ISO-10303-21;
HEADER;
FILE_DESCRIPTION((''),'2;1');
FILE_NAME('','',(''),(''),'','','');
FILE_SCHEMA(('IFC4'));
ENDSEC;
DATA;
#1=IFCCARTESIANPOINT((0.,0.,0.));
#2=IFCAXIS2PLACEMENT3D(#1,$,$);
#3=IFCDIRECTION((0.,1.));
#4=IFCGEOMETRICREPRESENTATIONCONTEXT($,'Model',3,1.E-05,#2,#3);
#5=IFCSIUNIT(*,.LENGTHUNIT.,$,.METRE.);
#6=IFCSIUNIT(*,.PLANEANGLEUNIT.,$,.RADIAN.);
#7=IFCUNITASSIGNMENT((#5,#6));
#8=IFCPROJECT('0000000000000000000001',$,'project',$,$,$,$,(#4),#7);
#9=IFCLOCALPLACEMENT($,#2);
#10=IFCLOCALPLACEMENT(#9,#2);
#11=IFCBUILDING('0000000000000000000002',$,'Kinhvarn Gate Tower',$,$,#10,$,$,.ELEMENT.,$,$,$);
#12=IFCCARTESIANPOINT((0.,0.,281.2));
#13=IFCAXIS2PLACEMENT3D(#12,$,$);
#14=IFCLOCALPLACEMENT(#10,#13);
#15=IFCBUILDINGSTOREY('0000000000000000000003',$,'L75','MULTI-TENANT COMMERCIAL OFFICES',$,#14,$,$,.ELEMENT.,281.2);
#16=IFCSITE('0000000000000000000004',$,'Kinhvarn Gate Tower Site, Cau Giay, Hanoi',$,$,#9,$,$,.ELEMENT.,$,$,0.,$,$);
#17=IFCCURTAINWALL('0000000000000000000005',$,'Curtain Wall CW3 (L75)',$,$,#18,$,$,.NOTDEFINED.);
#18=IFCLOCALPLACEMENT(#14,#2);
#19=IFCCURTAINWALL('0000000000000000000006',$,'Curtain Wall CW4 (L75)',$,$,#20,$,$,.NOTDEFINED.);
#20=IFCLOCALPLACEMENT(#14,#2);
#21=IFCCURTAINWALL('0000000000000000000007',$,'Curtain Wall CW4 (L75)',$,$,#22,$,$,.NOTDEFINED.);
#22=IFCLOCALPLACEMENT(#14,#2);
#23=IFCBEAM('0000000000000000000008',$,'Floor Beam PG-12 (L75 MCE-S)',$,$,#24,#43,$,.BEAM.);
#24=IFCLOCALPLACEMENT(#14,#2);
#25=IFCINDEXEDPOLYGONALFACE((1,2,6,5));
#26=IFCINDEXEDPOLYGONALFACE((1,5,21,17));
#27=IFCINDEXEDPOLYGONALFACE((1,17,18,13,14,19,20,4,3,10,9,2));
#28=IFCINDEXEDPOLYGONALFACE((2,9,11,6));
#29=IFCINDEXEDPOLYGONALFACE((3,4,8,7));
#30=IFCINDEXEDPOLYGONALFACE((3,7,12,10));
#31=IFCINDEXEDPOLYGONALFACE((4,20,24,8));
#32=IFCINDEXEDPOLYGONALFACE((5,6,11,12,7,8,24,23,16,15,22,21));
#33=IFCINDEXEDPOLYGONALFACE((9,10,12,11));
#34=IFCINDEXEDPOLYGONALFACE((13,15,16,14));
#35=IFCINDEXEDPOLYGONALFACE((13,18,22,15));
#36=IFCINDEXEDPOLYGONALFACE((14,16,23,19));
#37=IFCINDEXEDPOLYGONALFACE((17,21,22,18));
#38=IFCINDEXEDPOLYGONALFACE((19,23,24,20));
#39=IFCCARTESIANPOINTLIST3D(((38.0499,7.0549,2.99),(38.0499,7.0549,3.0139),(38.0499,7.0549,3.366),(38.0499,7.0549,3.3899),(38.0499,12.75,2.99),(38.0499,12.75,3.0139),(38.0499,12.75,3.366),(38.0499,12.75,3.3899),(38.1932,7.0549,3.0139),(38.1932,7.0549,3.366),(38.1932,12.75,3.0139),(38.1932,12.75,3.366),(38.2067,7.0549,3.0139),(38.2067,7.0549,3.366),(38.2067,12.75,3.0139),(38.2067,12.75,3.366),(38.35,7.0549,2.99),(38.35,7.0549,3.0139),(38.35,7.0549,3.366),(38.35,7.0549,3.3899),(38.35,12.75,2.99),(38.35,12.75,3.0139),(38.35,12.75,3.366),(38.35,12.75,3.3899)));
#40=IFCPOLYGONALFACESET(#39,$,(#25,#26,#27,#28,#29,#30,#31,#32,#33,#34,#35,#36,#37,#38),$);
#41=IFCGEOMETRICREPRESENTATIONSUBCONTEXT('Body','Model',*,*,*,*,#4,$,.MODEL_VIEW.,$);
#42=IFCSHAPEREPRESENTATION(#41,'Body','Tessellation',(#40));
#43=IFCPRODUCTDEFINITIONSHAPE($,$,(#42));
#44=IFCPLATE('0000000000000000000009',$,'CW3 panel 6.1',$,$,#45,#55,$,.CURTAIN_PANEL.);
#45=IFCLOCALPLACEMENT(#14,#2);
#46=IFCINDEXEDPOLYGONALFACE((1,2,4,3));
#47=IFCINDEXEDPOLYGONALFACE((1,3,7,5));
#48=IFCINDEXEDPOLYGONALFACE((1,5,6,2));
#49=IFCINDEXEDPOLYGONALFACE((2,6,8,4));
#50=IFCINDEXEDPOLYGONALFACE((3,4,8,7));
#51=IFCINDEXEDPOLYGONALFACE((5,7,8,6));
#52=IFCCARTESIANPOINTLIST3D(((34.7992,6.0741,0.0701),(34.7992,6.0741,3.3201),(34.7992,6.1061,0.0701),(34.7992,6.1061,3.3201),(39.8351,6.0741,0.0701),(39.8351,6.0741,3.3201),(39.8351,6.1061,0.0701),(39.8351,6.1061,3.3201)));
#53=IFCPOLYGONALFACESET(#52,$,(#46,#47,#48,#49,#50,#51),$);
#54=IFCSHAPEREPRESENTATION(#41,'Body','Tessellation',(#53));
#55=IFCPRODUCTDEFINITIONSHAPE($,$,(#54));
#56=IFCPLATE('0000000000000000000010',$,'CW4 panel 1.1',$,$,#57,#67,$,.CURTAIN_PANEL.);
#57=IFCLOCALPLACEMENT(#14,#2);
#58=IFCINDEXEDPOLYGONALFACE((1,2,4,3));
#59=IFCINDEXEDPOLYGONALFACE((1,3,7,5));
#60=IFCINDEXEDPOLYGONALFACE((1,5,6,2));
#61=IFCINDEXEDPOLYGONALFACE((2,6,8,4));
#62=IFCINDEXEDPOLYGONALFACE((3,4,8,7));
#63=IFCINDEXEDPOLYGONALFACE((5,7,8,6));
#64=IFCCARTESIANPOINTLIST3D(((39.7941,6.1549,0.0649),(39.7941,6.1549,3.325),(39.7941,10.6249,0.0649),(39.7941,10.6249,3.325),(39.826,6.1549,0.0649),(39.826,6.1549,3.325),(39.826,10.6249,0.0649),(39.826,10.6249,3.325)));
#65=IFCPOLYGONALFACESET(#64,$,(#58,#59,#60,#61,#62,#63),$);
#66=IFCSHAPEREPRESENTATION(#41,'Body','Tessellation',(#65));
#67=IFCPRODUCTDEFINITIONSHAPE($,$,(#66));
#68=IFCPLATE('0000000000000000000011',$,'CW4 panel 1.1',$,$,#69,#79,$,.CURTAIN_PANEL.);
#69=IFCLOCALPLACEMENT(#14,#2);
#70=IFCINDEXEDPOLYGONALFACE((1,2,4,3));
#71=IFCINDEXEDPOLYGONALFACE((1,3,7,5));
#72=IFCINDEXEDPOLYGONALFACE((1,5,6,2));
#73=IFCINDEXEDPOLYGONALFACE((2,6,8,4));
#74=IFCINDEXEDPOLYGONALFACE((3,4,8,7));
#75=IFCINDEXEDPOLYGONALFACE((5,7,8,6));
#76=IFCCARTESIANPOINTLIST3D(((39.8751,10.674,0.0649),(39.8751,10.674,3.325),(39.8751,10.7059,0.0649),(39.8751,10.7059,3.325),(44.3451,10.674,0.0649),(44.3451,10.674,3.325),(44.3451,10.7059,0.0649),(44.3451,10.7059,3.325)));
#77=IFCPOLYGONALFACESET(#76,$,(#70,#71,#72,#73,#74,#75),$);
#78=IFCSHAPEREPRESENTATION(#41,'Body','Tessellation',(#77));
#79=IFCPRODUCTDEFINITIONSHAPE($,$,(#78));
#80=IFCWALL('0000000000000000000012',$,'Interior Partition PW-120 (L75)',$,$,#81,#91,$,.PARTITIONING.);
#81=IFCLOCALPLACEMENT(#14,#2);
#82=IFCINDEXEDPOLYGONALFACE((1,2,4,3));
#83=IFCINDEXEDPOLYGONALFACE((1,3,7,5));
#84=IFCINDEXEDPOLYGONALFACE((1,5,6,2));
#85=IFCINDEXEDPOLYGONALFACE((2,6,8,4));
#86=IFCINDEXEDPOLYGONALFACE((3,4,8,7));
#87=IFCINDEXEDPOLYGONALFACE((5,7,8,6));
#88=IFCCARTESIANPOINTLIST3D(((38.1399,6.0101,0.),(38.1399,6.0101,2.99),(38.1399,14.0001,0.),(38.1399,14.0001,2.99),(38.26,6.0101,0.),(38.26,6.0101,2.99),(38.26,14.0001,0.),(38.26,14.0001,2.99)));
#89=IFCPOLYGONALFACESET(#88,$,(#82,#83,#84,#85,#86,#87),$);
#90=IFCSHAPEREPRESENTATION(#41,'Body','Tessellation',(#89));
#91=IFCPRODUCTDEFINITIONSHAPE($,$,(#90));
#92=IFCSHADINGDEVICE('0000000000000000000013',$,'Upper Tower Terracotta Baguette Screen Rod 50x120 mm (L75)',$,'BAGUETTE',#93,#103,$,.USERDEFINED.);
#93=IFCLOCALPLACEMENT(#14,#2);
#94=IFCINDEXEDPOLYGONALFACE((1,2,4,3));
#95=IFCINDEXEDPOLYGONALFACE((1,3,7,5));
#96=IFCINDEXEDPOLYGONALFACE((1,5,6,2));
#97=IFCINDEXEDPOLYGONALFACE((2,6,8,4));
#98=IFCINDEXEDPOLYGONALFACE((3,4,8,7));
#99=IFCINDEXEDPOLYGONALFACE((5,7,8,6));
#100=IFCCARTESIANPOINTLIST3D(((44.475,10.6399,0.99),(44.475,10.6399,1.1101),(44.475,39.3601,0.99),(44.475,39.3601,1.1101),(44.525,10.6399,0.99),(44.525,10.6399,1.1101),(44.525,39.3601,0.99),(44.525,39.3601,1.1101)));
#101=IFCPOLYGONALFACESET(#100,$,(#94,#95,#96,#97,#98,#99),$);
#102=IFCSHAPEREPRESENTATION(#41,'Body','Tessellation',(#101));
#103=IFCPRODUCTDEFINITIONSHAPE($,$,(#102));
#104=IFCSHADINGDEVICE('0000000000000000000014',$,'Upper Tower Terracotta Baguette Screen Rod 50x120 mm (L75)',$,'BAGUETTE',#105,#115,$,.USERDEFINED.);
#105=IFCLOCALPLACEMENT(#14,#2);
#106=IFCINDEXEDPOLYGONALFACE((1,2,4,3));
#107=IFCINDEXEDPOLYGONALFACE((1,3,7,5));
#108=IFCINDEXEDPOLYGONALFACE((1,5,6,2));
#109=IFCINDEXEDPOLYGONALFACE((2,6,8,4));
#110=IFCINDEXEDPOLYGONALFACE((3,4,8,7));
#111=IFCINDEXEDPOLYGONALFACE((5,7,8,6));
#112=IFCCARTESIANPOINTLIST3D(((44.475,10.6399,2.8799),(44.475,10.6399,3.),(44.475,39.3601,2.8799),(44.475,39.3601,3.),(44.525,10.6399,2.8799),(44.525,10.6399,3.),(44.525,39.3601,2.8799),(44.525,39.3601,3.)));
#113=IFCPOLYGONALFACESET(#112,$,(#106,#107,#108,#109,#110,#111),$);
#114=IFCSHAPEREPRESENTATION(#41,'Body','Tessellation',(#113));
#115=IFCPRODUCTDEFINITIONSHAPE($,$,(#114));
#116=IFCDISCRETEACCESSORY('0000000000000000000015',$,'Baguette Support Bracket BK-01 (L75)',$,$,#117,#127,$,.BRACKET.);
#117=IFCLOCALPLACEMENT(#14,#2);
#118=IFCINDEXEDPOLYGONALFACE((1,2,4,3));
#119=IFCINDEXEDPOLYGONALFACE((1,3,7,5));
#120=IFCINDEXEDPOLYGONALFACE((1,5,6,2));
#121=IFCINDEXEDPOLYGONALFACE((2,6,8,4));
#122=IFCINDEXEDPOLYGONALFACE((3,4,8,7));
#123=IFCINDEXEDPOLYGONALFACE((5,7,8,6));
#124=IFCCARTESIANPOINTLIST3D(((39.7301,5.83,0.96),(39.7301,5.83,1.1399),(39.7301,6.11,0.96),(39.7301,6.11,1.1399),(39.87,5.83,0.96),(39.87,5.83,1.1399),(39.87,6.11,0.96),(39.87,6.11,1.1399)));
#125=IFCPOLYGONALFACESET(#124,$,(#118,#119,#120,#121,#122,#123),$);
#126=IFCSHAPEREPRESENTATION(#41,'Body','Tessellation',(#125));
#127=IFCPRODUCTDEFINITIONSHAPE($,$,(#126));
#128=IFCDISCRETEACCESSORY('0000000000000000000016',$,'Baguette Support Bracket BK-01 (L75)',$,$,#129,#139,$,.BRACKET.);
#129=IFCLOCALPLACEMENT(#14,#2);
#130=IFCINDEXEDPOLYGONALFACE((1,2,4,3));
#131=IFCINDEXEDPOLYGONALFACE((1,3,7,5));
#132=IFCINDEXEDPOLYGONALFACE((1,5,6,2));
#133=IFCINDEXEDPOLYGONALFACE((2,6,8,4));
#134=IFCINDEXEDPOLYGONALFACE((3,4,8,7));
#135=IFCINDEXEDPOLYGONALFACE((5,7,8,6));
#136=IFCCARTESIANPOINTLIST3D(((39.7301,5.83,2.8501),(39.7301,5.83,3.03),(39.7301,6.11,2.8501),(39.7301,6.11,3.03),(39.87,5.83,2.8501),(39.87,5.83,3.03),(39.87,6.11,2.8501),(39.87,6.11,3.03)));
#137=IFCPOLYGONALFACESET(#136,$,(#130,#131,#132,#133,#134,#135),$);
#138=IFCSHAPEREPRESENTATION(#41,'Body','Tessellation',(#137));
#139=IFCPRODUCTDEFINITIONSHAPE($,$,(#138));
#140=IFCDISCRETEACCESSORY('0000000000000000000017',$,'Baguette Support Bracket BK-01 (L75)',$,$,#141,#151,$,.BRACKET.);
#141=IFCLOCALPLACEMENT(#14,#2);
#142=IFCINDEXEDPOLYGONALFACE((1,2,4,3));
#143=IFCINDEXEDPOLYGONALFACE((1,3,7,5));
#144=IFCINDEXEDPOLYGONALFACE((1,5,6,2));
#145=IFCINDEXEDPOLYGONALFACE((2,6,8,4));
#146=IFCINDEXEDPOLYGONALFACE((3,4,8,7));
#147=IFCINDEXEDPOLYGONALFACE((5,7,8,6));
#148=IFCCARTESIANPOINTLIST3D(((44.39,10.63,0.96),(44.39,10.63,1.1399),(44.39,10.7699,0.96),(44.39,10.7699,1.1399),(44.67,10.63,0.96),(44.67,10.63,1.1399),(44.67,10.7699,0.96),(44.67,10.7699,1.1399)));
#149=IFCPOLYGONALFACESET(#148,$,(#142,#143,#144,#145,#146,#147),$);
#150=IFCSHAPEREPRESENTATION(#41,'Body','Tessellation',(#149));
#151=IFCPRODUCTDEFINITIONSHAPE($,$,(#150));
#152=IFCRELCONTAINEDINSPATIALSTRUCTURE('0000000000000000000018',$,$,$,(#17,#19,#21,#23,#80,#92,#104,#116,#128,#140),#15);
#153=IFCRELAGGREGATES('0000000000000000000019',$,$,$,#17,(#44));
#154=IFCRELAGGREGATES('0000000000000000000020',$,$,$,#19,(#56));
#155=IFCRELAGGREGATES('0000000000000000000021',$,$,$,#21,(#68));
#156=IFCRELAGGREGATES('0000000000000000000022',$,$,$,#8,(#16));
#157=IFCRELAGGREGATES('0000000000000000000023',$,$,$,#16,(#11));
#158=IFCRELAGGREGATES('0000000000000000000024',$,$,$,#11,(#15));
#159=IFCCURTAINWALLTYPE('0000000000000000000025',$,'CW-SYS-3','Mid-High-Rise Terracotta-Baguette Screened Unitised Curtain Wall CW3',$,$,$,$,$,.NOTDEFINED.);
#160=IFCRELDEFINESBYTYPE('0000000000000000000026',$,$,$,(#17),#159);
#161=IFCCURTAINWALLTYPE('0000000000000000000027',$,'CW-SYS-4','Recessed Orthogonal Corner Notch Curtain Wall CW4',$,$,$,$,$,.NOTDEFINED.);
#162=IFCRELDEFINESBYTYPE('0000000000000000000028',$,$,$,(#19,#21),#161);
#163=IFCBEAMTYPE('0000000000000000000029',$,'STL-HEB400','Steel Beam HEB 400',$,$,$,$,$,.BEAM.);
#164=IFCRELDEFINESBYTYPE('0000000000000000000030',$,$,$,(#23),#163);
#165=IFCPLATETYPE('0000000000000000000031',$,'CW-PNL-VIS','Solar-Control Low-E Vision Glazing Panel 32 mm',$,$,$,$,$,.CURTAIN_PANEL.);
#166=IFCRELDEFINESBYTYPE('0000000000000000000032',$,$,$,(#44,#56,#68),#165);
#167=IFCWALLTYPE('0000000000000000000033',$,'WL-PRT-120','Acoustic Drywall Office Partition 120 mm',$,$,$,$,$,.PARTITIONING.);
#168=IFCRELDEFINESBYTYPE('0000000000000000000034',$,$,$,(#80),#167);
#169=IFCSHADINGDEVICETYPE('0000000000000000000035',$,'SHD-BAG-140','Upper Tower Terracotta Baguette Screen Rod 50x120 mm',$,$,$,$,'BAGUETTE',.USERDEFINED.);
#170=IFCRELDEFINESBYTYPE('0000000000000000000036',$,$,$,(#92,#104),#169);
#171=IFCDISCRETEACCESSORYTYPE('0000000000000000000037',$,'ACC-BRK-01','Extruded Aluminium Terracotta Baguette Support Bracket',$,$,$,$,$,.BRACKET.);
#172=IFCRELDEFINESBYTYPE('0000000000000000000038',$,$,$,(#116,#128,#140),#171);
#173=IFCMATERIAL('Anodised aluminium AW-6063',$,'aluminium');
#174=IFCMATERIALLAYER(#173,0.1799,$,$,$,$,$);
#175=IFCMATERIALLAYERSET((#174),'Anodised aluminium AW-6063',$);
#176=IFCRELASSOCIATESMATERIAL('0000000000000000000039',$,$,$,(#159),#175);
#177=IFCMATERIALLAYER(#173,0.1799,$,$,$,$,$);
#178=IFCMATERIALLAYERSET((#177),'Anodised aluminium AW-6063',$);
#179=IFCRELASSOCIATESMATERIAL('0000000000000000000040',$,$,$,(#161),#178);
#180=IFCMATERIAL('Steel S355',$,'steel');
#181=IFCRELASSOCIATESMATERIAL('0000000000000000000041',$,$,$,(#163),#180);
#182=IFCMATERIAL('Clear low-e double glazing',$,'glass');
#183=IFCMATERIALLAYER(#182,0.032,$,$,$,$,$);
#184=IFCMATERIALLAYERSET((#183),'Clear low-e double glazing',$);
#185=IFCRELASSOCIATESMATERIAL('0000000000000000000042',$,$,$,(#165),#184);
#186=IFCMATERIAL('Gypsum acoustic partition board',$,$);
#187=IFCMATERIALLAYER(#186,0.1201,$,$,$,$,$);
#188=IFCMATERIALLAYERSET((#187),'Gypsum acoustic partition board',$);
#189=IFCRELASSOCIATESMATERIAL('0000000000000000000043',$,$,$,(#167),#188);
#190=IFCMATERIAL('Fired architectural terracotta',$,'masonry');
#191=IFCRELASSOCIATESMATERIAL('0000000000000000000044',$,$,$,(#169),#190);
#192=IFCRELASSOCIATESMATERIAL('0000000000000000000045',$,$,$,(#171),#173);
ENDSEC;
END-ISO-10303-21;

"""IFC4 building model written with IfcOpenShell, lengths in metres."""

from ifc_helpers import new_model, si_unit, direction, frame, frame_2d, origin, origin_2d, place, context, subcontext, project, spatial, rectangle, i_section, extrude, material, layer, layer_set, material_profile, profile_set, type_object, element, aggregate, save


model = new_model("IFC4")

# Units and contexts
model_context = context("Model", 3, precision=1e-05, world=origin(), true_north=direction((0.0, 1.0)))
body_context = subcontext(model_context, "Body", "Model", "MODEL_VIEW")
ifc_project = project(units=[si_unit("LENGTHUNIT", "METRE"), si_unit("PLANEANGLEUNIT", "RADIAN")], contexts=[model_context])

# Site, building, storey
site_placement = place(None, origin())
site = spatial("IfcSite", under=ifc_project, at=site_placement, Name="Kinhvarn Gate Tower Site, Cau Giay, Hanoi", CompositionType="ELEMENT", RefElevation=0.0)
building_placement = place(site_placement, origin())
building = spatial("IfcBuilding", under=site, at=building_placement, Name="Kinhvarn Gate Tower", CompositionType="ELEMENT")
storey_placement = place(building_placement, frame((0.0, 0.0, 281.2)))
storey = spatial("IfcBuildingStorey", under=building, at=storey_placement, Name="L75", Description="MULTI-TENANT COMMERCIAL OFFICES", CompositionType="ELEMENT", Elevation=281.2)

# Curtain wall
ifc_material_1 = material(Name="Anodised aluminium AW-6063", Category="aluminium")
ifc_layer_1 = layer(ifc_material_1, 0.1799)
ifc_layer_set_1 = layer_set([ifc_layer_1], Name="Anodised aluminium AW-6063")
curtain_wall_type_1 = type_object("IfcCurtainWallType", Name="CW-SYS-3", Description="Mid-High-Rise Terracotta-Baguette Screened Unitised Curtain Wall CW3", PredefinedType="NOTDEFINED", material=ifc_layer_set_1)
curtain_wall_1_placement = place(storey_placement, origin())
curtain_wall_1 = element("IfcCurtainWall", 1, at=curtain_wall_1_placement, inside=storey, type_object=curtain_wall_type_1, Name="Curtain Wall CW3 (L75)", PredefinedType="NOTDEFINED")

# Curtain walls
ifc_layer_2 = layer(ifc_material_1, 0.1799)
ifc_layer_set_2 = layer_set([ifc_layer_2], Name="Anodised aluminium AW-6063")
curtain_wall_type_2 = type_object("IfcCurtainWallType", Name="CW-SYS-4", Description="Recessed Orthogonal Corner Notch Curtain Wall CW4", PredefinedType="NOTDEFINED", material=ifc_layer_set_2)
curtain_wall_2_placement = place(storey_placement, origin())
curtain_wall_2 = element("IfcCurtainWall", 2, at=curtain_wall_2_placement, inside=storey, type_object=curtain_wall_type_2, Name="Curtain Wall CW4 (L75)", PredefinedType="NOTDEFINED")
curtain_wall_3_placement = place(storey_placement, origin())
curtain_wall_3 = element("IfcCurtainWall", 3, at=curtain_wall_3_placement, inside=storey, type_object=curtain_wall_type_2, Name="Curtain Wall CW4 (L75)", PredefinedType="NOTDEFINED")

# Beam
ifc_material_2 = material(Name="Steel S355", Category="steel")
ifc_material_profile_1 = material_profile(ifc_material_2, i_section(OverallWidth=0.3, OverallDepth=0.3999, WebThickness=0.0134, FlangeThickness=0.0239, at=origin_2d()), Name="HEB 400")
ifc_profile_set_1 = profile_set([ifc_material_profile_1], Name="Steel S355")
beam_type = type_object("IfcBeamType", Name="STL-HEB400", Description="Steel Beam HEB 400", PredefinedType="BEAM", material=ifc_profile_set_1)
beam_placement = place(storey_placement, frame((38.2, 7.0549, 3.1899), z_axis=(0.0, 1.0, 0.0), x_axis=(-1.0, 0.0, 0.0)))
element("IfcBeam", 4, at=beam_placement, inside=storey, type_object=beam_type, Name="Floor Beam PG-12 (L75 MCE-S)", PredefinedType="BEAM", context=body_context, shape_type="SweptSolid", body=[
    extrude(i_section(OverallWidth=0.3, OverallDepth=0.3999, WebThickness=0.0134, FlangeThickness=0.0239, at=origin_2d()), origin(), (0.0, 0.0, 1.0), 5.6951),
])

# Plates
ifc_material_3 = material(Name="Clear low-e double glazing", Category="glass")
ifc_layer_3 = layer(ifc_material_3, 0.032)
ifc_layer_set_3 = layer_set([ifc_layer_3], Name="Clear low-e double glazing")
plate_type = type_object("IfcPlateType", Name="CW-PNL-VIS", Description="Solar-Control Low-E Vision Glazing Panel 32 mm", PredefinedType="CURTAIN_PANEL", material=ifc_layer_set_3)
plate_1_placement = place(storey_placement, frame((37.3171, 6.0901, 0.0701), z_axis=(0.0, 0.0, 1.0), x_axis=(1.0, 0.0, 0.0)))
plate_1 = element("IfcPlate", 5, at=plate_1_placement, type_object=plate_type, Name="CW3 panel 6.1", PredefinedType="CURTAIN_PANEL", context=body_context, shape_type="SweptSolid", body=[
    extrude(rectangle(XDim=5.0359, YDim=0.032, at=origin_2d()), origin(), (0.0, 0.0, 1.0), 3.25),
])
aggregate(curtain_wall_1, [plate_1])
plate_2_placement = place(storey_placement, frame((39.8101, 8.3899, 0.0649), z_axis=(0.0, 0.0, 1.0), x_axis=(0.0, 1.0, 0.0)))
plate_2 = element("IfcPlate", 6, at=plate_2_placement, type_object=plate_type, Name="CW4 panel 1.1", PredefinedType="CURTAIN_PANEL", context=body_context, shape_type="SweptSolid", body=[
    extrude(rectangle(XDim=4.47, YDim=0.032, at=origin_2d()), origin(), (0.0, 0.0, 1.0), 3.26),
])
aggregate(curtain_wall_2, [plate_2])
plate_3_placement = place(storey_placement, frame((42.1101, 10.6899, 0.0649), z_axis=(0.0, 0.0, 1.0), x_axis=(1.0, 0.0, 0.0)))
plate_3 = element("IfcPlate", 7, at=plate_3_placement, type_object=plate_type, Name="CW4 panel 1.1", PredefinedType="CURTAIN_PANEL", context=body_context, shape_type="SweptSolid", body=[
    extrude(rectangle(XDim=4.47, YDim=0.032, at=origin_2d()), origin(), (0.0, 0.0, 1.0), 3.26),
])
aggregate(curtain_wall_3, [plate_3])

# Wall
ifc_material_4 = material(Name="Gypsum acoustic partition board")
ifc_layer_4 = layer(ifc_material_4, 0.1201)
ifc_layer_set_4 = layer_set([ifc_layer_4], Name="Gypsum acoustic partition board")
wall_type = type_object("IfcWallType", Name="WL-PRT-120", Description="Acoustic Drywall Office Partition 120 mm", PredefinedType="PARTITIONING", material=ifc_layer_set_4)
wall_placement = place(storey_placement, frame((38.2, 6.01, 0.0), z_axis=(0.0, 0.0, 1.0), x_axis=(0.0, 1.0, 0.0)))
element("IfcWall", 8, at=wall_placement, inside=storey, type_object=wall_type, Name="Interior Partition PW-120 (L75)", PredefinedType="PARTITIONING", context=body_context, shape_type="SweptSolid", body=[
    extrude(rectangle(XDim=7.99, YDim=0.1201, at=frame_2d((3.9951, 0.0))), origin(), (0.0, 0.0, 1.0), 2.99),
])

# Shading devices
ifc_material_5 = material(Name="Fired architectural terracotta", Category="masonry")
ifc_material_profile_2 = material_profile(ifc_material_5, rectangle(XDim=0.05, YDim=0.1201, at=origin_2d()), Name="TC 50x120")
ifc_profile_set_2 = profile_set([ifc_material_profile_2], Name="Fired architectural terracotta")
shading_device_type = type_object("IfcShadingDeviceType", Name="SHD-BAG-140", Description="Upper Tower Terracotta Baguette Screen Rod 50x120 mm", ElementType="BAGUETTE", PredefinedType="USERDEFINED", material=ifc_profile_set_2)
for number, where, z_axis, x_axis, name in (
    (9, (44.5, 10.6399, 1.05), (0.0, 1.0, 0.0), (-1.0, 0.0, 0.0), "Upper Tower Terracotta Baguette Screen Rod 50x120 mm (L75)"),
    (10, (44.5, 10.6399, 2.9399), (0.0, 1.0, 0.0), (-1.0, 0.0, 0.0), "Upper Tower Terracotta Baguette Screen Rod 50x120 mm (L75)"),
):
    element("IfcShadingDevice", number, at=place(storey_placement, frame(where, z_axis=z_axis, x_axis=x_axis)), inside=storey, type_object=shading_device_type, Name=name, ObjectType="BAGUETTE", PredefinedType="USERDEFINED", context=body_context, shape_type="SweptSolid", body=[
        extrude(rectangle(XDim=0.05, YDim=0.1201, at=origin_2d()), origin(), (0.0, 0.0, 1.0), 28.7202),
    ])

# Discrete accessories
discrete_accessory_type = type_object("IfcDiscreteAccessoryType", Name="ACC-BRK-01", Description="Extruded Aluminium Terracotta Baguette Support Bracket", PredefinedType="BRACKET", material=ifc_material_1)
for number, where, z_axis, x_axis, name in (
    (11, (39.8, 5.97, 0.96), (0.0, 0.0, 1.0), (1.0, 0.0, 0.0), "Baguette Support Bracket BK-01 (L75)"),
    (12, (39.8, 5.97, 2.8501), (0.0, 0.0, 1.0), (1.0, 0.0, 0.0), "Baguette Support Bracket BK-01 (L75)"),
    (13, (44.53, 10.7, 0.96), (0.0, 0.0, 1.0), (0.0, 1.0, 0.0), "Baguette Support Bracket BK-01 (L75)"),
):
    element("IfcDiscreteAccessory", number, at=place(storey_placement, frame(where, z_axis=z_axis, x_axis=x_axis)), inside=storey, type_object=discrete_accessory_type, Name=name, PredefinedType="BRACKET", context=body_context, shape_type="SweptSolid", body=[
        extrude(rectangle(XDim=0.1399, YDim=0.28, at=origin_2d()), origin(), (0.0, 0.0, 1.0), 0.1799),
    ])

save(model, "model.ifc")
